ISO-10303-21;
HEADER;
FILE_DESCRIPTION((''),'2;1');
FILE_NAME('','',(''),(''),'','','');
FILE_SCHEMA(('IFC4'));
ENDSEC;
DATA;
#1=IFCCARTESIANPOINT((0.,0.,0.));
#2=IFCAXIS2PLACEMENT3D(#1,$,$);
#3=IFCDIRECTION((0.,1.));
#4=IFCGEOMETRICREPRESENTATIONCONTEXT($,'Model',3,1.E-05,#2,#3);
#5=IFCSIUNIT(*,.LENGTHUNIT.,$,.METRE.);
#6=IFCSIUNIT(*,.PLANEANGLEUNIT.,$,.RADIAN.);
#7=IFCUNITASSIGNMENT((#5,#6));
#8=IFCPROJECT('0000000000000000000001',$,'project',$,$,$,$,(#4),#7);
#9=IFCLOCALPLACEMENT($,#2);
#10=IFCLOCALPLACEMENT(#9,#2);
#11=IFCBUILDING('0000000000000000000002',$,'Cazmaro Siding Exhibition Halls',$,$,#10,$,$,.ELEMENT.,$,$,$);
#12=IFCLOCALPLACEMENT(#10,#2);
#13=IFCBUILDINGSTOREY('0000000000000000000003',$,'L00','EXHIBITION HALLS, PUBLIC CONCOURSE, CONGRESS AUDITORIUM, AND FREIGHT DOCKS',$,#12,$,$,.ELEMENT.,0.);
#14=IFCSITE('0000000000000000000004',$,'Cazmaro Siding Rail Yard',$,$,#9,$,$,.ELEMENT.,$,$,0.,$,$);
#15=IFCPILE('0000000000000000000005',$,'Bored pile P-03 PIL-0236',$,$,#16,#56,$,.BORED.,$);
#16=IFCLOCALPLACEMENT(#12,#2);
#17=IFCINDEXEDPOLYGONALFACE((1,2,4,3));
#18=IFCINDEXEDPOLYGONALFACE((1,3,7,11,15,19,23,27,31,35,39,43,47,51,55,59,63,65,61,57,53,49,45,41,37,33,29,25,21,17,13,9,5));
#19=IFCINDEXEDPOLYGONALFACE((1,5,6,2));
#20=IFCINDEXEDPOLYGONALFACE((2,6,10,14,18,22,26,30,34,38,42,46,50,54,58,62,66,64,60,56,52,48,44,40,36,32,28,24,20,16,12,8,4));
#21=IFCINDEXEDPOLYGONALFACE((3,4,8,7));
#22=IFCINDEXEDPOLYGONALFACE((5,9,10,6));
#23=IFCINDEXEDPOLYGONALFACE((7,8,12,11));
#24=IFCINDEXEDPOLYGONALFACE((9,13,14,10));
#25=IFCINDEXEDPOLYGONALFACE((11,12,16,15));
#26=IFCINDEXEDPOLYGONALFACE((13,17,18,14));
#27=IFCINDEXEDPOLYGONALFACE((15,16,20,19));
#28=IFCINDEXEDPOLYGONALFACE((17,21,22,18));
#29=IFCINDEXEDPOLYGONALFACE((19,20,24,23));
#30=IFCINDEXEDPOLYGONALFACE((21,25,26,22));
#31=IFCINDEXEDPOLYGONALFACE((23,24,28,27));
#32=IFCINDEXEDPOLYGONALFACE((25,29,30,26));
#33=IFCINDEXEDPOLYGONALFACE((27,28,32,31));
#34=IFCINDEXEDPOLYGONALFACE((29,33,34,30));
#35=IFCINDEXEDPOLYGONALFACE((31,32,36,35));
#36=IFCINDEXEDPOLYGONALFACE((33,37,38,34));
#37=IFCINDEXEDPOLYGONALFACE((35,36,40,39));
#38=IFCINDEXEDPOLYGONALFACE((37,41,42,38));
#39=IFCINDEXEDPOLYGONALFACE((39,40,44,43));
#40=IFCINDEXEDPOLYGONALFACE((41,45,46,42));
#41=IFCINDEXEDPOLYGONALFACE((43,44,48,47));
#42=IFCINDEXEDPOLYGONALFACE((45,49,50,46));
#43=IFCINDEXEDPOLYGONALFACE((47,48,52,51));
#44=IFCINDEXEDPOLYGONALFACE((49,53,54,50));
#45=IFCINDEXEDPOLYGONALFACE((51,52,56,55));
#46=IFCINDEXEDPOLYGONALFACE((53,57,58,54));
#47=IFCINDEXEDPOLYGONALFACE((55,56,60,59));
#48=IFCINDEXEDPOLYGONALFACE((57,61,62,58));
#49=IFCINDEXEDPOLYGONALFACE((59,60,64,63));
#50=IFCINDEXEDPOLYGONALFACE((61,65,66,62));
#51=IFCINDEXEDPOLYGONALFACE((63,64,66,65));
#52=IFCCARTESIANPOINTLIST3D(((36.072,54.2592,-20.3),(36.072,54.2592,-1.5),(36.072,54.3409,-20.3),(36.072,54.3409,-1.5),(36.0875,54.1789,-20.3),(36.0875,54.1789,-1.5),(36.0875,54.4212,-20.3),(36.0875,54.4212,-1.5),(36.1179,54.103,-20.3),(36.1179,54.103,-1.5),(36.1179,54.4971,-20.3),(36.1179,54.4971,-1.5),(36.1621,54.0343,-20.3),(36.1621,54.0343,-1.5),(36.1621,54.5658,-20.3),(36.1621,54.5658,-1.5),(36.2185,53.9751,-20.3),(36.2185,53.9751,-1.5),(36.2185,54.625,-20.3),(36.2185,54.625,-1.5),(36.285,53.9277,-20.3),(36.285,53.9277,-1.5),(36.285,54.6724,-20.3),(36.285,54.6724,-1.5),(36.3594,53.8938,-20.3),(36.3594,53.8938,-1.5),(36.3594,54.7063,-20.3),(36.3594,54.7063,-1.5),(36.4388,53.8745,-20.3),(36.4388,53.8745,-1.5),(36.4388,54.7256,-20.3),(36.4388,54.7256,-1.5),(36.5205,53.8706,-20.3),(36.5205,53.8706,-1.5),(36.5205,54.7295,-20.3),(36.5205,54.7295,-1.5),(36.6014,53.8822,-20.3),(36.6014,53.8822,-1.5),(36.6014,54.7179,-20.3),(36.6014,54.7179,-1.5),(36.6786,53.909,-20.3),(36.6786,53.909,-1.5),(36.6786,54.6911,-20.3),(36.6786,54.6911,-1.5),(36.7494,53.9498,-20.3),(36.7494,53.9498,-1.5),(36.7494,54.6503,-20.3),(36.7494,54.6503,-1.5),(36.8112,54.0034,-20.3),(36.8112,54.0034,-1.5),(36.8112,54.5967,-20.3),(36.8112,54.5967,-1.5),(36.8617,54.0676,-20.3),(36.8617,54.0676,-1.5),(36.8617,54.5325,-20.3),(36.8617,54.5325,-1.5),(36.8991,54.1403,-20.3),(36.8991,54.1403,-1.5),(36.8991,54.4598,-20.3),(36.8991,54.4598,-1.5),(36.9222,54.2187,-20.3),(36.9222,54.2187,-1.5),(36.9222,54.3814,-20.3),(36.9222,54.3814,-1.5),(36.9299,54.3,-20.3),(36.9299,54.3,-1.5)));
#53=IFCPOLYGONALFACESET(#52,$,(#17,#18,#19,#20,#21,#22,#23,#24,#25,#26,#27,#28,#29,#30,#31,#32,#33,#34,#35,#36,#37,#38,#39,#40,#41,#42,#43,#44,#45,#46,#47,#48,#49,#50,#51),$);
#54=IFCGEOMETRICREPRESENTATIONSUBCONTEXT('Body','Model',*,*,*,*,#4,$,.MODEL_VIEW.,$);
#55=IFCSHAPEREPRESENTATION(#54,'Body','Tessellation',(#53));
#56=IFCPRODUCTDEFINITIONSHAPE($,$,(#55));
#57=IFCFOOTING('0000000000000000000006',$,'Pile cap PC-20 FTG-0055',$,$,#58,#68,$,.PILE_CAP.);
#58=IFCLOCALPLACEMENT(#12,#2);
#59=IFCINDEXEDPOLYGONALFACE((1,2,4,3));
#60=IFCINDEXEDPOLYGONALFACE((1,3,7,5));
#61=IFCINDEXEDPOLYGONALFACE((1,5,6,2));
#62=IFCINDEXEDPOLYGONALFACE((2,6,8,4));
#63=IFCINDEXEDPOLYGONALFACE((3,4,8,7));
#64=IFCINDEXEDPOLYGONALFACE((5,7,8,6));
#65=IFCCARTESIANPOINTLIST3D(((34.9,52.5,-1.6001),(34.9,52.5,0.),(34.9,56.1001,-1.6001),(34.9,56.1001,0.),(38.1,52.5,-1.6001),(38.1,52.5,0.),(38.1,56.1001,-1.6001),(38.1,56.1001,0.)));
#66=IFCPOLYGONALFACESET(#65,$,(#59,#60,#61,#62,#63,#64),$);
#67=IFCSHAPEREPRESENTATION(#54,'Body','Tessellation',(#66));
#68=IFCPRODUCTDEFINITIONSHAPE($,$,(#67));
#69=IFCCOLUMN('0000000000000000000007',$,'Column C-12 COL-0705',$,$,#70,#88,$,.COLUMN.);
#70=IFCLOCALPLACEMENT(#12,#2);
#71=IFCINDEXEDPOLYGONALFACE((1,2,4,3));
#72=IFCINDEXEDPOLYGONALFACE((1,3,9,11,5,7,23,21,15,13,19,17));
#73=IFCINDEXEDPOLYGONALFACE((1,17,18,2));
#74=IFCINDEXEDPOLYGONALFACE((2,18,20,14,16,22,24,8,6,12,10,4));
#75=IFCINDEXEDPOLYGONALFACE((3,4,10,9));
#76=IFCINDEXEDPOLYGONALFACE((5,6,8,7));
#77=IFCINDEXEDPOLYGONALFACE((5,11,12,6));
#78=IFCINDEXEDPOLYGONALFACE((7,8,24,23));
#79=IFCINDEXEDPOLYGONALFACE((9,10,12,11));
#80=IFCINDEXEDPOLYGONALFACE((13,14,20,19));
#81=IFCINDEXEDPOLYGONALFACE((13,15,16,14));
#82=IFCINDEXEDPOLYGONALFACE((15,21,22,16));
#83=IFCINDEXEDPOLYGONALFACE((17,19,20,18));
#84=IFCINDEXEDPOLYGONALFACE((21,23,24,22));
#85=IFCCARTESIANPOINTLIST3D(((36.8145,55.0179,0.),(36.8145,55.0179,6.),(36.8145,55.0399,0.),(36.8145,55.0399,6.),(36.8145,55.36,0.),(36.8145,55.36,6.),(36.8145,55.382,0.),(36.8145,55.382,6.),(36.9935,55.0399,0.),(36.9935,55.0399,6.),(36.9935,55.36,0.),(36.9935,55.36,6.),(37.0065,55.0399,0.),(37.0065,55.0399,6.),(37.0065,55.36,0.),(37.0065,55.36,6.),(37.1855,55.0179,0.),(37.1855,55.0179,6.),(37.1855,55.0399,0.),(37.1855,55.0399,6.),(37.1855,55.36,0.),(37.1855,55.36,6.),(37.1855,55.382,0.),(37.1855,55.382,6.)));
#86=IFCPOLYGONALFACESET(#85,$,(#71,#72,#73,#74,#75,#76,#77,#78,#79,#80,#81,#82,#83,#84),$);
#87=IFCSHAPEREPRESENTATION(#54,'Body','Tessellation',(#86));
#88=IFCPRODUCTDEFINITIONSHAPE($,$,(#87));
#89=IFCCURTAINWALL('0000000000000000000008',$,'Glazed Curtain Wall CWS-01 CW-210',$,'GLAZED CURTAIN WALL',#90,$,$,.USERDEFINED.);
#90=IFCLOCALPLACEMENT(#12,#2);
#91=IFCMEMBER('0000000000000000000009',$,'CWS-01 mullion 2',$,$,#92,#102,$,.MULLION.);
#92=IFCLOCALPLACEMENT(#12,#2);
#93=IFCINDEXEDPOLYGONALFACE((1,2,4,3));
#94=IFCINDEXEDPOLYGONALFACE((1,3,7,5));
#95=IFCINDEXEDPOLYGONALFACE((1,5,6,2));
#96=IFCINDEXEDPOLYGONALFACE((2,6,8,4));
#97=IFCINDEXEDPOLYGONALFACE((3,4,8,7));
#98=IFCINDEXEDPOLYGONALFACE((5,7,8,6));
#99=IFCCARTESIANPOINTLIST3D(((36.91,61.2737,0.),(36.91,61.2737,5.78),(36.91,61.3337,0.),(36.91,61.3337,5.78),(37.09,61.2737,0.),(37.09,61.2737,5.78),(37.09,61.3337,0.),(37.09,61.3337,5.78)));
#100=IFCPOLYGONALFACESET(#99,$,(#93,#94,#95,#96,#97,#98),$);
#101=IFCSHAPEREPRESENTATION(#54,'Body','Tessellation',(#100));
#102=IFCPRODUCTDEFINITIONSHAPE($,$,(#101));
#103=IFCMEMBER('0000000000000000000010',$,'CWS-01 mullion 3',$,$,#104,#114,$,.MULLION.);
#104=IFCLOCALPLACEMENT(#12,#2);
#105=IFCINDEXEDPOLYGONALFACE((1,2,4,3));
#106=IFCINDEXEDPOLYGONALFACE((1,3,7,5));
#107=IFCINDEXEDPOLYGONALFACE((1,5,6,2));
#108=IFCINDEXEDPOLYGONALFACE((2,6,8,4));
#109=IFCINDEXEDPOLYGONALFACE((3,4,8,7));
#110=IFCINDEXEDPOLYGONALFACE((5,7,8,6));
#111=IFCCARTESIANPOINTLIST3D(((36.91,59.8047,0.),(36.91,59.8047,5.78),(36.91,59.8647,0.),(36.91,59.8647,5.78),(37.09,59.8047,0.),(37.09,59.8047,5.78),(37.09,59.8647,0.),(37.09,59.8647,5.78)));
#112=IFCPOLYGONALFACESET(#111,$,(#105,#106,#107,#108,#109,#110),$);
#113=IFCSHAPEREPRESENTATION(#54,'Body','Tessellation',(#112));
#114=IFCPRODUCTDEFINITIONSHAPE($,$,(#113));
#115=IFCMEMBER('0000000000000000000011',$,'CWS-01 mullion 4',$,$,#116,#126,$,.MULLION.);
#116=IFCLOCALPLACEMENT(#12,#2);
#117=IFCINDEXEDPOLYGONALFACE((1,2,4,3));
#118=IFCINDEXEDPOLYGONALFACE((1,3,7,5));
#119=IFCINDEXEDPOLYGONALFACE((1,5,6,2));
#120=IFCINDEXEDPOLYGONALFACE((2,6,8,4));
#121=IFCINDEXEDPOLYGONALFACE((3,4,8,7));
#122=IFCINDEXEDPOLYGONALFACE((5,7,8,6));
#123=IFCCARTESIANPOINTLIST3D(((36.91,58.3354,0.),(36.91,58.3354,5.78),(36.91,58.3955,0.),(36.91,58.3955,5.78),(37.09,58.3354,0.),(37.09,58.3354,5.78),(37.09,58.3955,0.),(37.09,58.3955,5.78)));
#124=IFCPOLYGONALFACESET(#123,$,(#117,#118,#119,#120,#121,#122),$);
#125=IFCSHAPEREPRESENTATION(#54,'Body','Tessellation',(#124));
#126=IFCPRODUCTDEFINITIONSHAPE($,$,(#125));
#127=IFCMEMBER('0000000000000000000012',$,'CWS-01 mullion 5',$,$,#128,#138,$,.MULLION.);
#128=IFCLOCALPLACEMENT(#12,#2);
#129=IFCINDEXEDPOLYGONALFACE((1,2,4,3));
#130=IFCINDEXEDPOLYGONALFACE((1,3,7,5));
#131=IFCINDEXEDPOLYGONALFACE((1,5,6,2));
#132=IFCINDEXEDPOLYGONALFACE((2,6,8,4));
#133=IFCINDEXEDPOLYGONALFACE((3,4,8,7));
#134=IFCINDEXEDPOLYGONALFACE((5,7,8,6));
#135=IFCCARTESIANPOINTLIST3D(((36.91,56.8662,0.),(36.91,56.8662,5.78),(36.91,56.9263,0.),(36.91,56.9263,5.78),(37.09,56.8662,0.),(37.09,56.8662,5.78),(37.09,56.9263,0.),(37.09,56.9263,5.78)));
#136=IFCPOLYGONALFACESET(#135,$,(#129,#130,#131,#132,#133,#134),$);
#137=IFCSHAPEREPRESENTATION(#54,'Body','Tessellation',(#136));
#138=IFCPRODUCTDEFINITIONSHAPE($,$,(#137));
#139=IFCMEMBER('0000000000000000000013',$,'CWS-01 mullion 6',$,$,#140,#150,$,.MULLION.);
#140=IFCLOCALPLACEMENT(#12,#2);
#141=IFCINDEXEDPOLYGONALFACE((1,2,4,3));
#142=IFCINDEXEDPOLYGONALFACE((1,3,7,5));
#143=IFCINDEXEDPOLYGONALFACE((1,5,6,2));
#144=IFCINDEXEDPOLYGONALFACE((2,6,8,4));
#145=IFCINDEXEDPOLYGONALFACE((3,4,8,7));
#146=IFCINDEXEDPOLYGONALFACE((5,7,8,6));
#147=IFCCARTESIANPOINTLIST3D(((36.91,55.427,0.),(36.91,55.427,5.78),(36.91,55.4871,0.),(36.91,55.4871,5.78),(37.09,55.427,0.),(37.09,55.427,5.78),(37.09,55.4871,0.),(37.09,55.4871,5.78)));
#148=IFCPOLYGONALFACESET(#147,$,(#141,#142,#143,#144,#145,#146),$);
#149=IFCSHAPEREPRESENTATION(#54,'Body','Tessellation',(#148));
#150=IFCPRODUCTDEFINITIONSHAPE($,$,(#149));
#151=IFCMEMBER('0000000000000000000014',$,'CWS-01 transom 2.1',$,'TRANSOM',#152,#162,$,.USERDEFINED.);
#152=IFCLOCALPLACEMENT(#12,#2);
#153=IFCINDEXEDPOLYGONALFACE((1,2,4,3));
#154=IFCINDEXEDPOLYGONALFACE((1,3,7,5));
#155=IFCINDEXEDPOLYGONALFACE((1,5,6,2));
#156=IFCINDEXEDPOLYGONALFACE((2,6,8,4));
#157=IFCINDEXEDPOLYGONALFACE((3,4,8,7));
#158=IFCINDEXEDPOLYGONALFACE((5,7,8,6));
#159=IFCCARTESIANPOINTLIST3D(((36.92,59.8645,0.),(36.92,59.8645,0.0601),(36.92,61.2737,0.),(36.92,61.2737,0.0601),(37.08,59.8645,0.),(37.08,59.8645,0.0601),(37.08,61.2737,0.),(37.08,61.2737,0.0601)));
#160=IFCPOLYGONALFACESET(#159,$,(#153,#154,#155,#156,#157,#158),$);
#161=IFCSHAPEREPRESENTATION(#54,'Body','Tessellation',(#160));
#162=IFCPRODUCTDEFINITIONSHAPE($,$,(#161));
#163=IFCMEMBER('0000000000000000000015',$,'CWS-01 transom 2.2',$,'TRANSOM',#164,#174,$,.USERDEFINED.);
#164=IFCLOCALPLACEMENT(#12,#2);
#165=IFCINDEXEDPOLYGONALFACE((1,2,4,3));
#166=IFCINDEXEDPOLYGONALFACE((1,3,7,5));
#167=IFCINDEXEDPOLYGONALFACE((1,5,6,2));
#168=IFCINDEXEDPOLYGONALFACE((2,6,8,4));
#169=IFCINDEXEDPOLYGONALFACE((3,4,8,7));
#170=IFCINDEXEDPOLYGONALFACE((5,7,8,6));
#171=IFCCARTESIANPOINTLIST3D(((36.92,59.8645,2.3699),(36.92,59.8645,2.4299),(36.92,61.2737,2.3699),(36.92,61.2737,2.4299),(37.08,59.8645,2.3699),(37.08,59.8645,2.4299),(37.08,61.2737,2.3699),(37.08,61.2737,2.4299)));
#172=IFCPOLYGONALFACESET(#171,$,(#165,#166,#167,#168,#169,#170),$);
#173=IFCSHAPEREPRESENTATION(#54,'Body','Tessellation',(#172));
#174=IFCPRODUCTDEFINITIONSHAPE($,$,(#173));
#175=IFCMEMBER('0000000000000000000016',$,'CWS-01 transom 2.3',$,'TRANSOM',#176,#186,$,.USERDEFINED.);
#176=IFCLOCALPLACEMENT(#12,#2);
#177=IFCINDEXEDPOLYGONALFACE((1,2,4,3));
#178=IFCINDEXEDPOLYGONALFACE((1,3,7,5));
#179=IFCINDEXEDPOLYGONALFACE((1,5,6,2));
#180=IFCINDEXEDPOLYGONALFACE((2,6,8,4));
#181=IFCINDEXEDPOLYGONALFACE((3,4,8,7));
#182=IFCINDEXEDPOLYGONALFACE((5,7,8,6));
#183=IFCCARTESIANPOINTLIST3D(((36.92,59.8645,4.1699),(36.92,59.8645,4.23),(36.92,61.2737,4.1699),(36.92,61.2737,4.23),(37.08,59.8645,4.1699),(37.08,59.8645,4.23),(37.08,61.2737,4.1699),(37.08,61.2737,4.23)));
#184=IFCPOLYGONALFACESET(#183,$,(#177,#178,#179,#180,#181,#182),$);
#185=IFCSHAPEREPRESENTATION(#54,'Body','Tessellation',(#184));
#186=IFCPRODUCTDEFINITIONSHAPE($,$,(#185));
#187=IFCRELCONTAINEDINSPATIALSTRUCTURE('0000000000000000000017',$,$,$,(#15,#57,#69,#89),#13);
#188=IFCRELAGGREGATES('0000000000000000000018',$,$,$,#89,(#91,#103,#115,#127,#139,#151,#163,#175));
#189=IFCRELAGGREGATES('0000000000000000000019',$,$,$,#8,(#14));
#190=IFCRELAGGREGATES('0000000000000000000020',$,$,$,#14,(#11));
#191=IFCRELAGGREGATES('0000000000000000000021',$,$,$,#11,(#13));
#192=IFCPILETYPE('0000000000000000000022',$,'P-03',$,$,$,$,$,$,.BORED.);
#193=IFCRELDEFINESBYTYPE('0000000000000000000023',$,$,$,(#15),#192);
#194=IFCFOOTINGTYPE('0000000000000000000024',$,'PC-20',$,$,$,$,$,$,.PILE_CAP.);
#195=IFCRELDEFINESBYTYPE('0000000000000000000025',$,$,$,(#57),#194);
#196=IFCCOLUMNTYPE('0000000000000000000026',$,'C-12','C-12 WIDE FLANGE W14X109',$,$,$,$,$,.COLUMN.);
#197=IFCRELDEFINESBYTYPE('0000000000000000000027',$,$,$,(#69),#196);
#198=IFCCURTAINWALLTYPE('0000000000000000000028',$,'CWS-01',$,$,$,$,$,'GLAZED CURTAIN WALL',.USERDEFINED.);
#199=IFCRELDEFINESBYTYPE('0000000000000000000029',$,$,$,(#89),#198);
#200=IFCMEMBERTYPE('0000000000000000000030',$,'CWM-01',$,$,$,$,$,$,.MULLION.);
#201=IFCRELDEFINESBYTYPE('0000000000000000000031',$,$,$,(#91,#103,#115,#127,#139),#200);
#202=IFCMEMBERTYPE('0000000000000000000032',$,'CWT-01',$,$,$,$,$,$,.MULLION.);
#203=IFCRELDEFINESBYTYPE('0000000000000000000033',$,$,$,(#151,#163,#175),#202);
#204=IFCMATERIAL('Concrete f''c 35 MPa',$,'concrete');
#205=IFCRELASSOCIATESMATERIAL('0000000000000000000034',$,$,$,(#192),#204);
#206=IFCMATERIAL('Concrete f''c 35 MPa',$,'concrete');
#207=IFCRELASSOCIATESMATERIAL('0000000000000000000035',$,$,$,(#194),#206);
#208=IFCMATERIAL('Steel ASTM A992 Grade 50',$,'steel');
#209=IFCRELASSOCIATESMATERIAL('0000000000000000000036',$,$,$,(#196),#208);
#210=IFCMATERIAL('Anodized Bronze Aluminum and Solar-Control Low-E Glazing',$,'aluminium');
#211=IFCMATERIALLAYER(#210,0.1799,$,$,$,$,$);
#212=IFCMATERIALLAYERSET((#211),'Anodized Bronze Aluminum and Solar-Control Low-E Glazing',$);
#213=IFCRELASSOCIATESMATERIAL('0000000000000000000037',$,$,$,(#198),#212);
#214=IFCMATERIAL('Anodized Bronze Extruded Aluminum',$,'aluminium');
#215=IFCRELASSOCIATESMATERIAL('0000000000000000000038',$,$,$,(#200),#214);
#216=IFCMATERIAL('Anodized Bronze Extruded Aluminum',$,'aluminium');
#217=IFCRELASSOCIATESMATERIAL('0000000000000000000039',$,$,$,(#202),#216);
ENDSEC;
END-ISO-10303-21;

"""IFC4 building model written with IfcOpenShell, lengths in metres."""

from ifc_helpers import new_model, si_unit, direction, frame, origin, origin_2d, place, context, subcontext, project, spatial, rectangle, circle, i_section, extrude, material, layer, layer_set, material_profile, profile_set, type_object, element, aggregate, save


model = new_model("IFC4")

# Units and contexts
model_context = context("Model", 3, precision=1e-05, world=origin(), true_north=direction((0.0, 1.0)))
body_context = subcontext(model_context, "Body", "Model", "MODEL_VIEW")
ifc_project = project(units=[si_unit("LENGTHUNIT", "METRE"), si_unit("PLANEANGLEUNIT", "RADIAN")], contexts=[model_context])

# Site, building, storey
site_placement = place(None, origin())
site = spatial("IfcSite", under=ifc_project, at=site_placement, Name="Cazmaro Siding Rail Yard", CompositionType="ELEMENT", RefElevation=0.0)
building_placement = place(site_placement, origin())
building = spatial("IfcBuilding", under=site, at=building_placement, Name="Cazmaro Siding Exhibition Halls", CompositionType="ELEMENT")
storey_placement = place(building_placement, origin())
storey = spatial("IfcBuildingStorey", under=building, at=storey_placement, Name="L00", Description="EXHIBITION HALLS, PUBLIC CONCOURSE, CONGRESS AUDITORIUM, AND FREIGHT DOCKS", CompositionType="ELEMENT", Elevation=0.0)

# Pile
ifc_material_1 = material(Name="Concrete f'c 35 MPa", Category="concrete")
ifc_material_profile_1 = material_profile(ifc_material_1, circle(Radius=0.4299, at=origin_2d()), Name="CIDH-860")
ifc_profile_set_1 = profile_set([ifc_material_profile_1], Name="Concrete f'c 35 MPa")
pile_type = type_object("IfcPileType", Name="P-03", PredefinedType="BORED", material=ifc_profile_set_1)
pile_placement = place(storey_placement, frame((36.5, 54.3, -1.5), z_axis=(0.0, 0.0, -1.0), x_axis=(1.0, 0.0, 0.0)))
element("IfcPile", 1, at=pile_placement, inside=storey, type_object=pile_type, Name="Bored pile P-03 PIL-0236", PredefinedType="BORED", context=body_context, shape_type="SweptSolid", body=[
    extrude(circle(Radius=0.4299, at=origin_2d()), origin(), (0.0, 0.0, 1.0), 18.8),
])

# Footing
ifc_material_2 = material(Name="Concrete f'c 35 MPa", Category="concrete")
footing_type = type_object("IfcFootingType", Name="PC-20", PredefinedType="PILE_CAP", material=ifc_material_2)
footing_placement = place(storey_placement, frame((36.5, 54.3, -1.6001), z_axis=(0.0, 0.0, 1.0), x_axis=(1.0, 0.0, 0.0)))
element("IfcFooting", 2, at=footing_placement, inside=storey, type_object=footing_type, Name="Pile cap PC-20 FTG-0055", PredefinedType="PILE_CAP", context=body_context, shape_type="SweptSolid", body=[
    extrude(rectangle(XDim=3.2, YDim=3.6001, at=origin_2d()), origin(), (0.0, 0.0, 1.0), 1.6001),
])

# Column
ifc_material_3 = material(Name="Steel ASTM A992 Grade 50", Category="steel")
ifc_material_profile_2 = material_profile(ifc_material_3, i_section(OverallWidth=0.3711, OverallDepth=0.364, WebThickness=0.0129, FlangeThickness=0.022, at=origin_2d()), Name="W14X109")
ifc_profile_set_2 = profile_set([ifc_material_profile_2], Name="Steel ASTM A992 Grade 50")
column_type = type_object("IfcColumnType", Name="C-12", Description="C-12 WIDE FLANGE W14X109", PredefinedType="COLUMN", material=ifc_profile_set_2)
column_placement = place(storey_placement, frame((37.0, 55.2, 0.0), z_axis=(0.0, 0.0, 1.0), x_axis=(1.0, 0.0, 0.0)))
element("IfcColumn", 3, at=column_placement, inside=storey, type_object=column_type, Name="Column C-12 COL-0705", PredefinedType="COLUMN", context=body_context, shape_type="SweptSolid", body=[
    extrude(i_section(OverallWidth=0.3711, OverallDepth=0.364, WebThickness=0.0129, FlangeThickness=0.022, at=origin_2d()), origin(), (0.0, 0.0, 1.0), 6.0),
])

# Curtain wall, members
ifc_material_4 = material(Name="Anodized Bronze Aluminum and Solar-Control Low-E Glazing", Category="aluminium")
ifc_layer_1 = layer(ifc_material_4, 0.1799)
ifc_layer_set_1 = layer_set([ifc_layer_1], Name="Anodized Bronze Aluminum and Solar-Control Low-E Glazing")
curtain_wall_type = type_object("IfcCurtainWallType", Name="CWS-01", ElementType="GLAZED CURTAIN WALL", PredefinedType="USERDEFINED", material=ifc_layer_set_1)
curtain_wall_placement = place(storey_placement, origin())
curtain_wall = element("IfcCurtainWall", 4, at=curtain_wall_placement, inside=storey, type_object=curtain_wall_type, Name="Glazed Curtain Wall CWS-01 CW-210", ObjectType="GLAZED CURTAIN WALL", PredefinedType="USERDEFINED")
ifc_material_5 = material(Name="Anodized Bronze Extruded Aluminum", Category="aluminium")
ifc_material_profile_3 = material_profile(ifc_material_5, rectangle(XDim=0.1799, YDim=0.0601, at=origin_2d()), Name="CWM-01")
ifc_profile_set_3 = profile_set([ifc_material_profile_3], Name="Anodized Bronze Extruded Aluminum")
member_type_1 = type_object("IfcMemberType", Name="CWM-01", PredefinedType="MULLION", material=ifc_profile_set_3)
member_1_placement = place(storey_placement, frame((37.0, 61.3037, 0.0), z_axis=(0.0, 0.0, 1.0), x_axis=(1.0, 0.0, 0.0)))
member_1 = element("IfcMember", 5, at=member_1_placement, type_object=member_type_1, Name="CWS-01 mullion 2", PredefinedType="MULLION", context=body_context, shape_type="SweptSolid", body=[
    extrude(rectangle(XDim=0.1799, YDim=0.0601, at=origin_2d()), origin(), (0.0, 0.0, 1.0), 5.78),
])
member_2_placement = place(storey_placement, frame((37.0, 59.8347, 0.0), z_axis=(0.0, 0.0, 1.0), x_axis=(1.0, 0.0, 0.0)))
member_2 = element("IfcMember", 6, at=member_2_placement, type_object=member_type_1, Name="CWS-01 mullion 3", PredefinedType="MULLION", context=body_context, shape_type="SweptSolid", body=[
    extrude(rectangle(XDim=0.1799, YDim=0.0601, at=origin_2d()), origin(), (0.0, 0.0, 1.0), 5.78),
])
member_3_placement = place(storey_placement, frame((37.0, 58.3655, 0.0), z_axis=(0.0, 0.0, 1.0), x_axis=(1.0, 0.0, 0.0)))
member_3 = element("IfcMember", 7, at=member_3_placement, type_object=member_type_1, Name="CWS-01 mullion 4", PredefinedType="MULLION", context=body_context, shape_type="SweptSolid", body=[
    extrude(rectangle(XDim=0.1799, YDim=0.0601, at=origin_2d()), origin(), (0.0, 0.0, 1.0), 5.78),
])
member_4_placement = place(storey_placement, frame((37.0, 56.8962, 0.0), z_axis=(0.0, 0.0, 1.0), x_axis=(1.0, 0.0, 0.0)))
member_4 = element("IfcMember", 8, at=member_4_placement, type_object=member_type_1, Name="CWS-01 mullion 5", PredefinedType="MULLION", context=body_context, shape_type="SweptSolid", body=[
    extrude(rectangle(XDim=0.1799, YDim=0.0601, at=origin_2d()), origin(), (0.0, 0.0, 1.0), 5.78),
])
member_5_placement = place(storey_placement, frame((37.0, 55.457, 0.0), z_axis=(0.0, 0.0, 1.0), x_axis=(1.0, 0.0, 0.0)))
member_5 = element("IfcMember", 9, at=member_5_placement, type_object=member_type_1, Name="CWS-01 mullion 6", PredefinedType="MULLION", context=body_context, shape_type="SweptSolid", body=[
    extrude(rectangle(XDim=0.1799, YDim=0.0601, at=origin_2d()), origin(), (0.0, 0.0, 1.0), 5.78),
])
ifc_material_6 = material(Name="Anodized Bronze Extruded Aluminum", Category="aluminium")
ifc_material_profile_4 = material_profile(ifc_material_6, rectangle(XDim=0.1599, YDim=0.0601, at=origin_2d()), Name="CWT-01")
ifc_profile_set_4 = profile_set([ifc_material_profile_4], Name="Anodized Bronze Extruded Aluminum")
member_type_2 = type_object("IfcMemberType", Name="CWT-01", PredefinedType="MULLION", material=ifc_profile_set_4)
member_6_placement = place(storey_placement, frame((37.0, 61.2737, 0.03), z_axis=(0.0, -1.0, 0.0), x_axis=(1.0, 0.0, 0.0)))
member_6 = element("IfcMember", 10, at=member_6_placement, type_object=member_type_2, Name="CWS-01 transom 2.1", ObjectType="TRANSOM", PredefinedType="USERDEFINED", context=body_context, shape_type="SweptSolid", body=[
    extrude(rectangle(XDim=0.1599, YDim=0.0601, at=origin_2d()), origin(), (0.0, 0.0, 1.0), 1.4092),
])
member_7_placement = place(storey_placement, frame((37.0, 61.2737, 2.3999), z_axis=(0.0, -1.0, 0.0), x_axis=(1.0, 0.0, 0.0)))
member_7 = element("IfcMember", 11, at=member_7_placement, type_object=member_type_2, Name="CWS-01 transom 2.2", ObjectType="TRANSOM", PredefinedType="USERDEFINED", context=body_context, shape_type="SweptSolid", body=[
    extrude(rectangle(XDim=0.1599, YDim=0.0601, at=origin_2d()), origin(), (0.0, 0.0, 1.0), 1.4092),
])
member_8_placement = place(storey_placement, frame((37.0, 61.2737, 4.2), z_axis=(0.0, -1.0, 0.0), x_axis=(1.0, 0.0, 0.0)))
member_8 = element("IfcMember", 12, at=member_8_placement, type_object=member_type_2, Name="CWS-01 transom 2.3", ObjectType="TRANSOM", PredefinedType="USERDEFINED", context=body_context, shape_type="SweptSolid", body=[
    extrude(rectangle(XDim=0.1599, YDim=0.0601, at=origin_2d()), origin(), (0.0, 0.0, 1.0), 1.4092),
])
aggregate(curtain_wall, [member_1, member_2, member_3, member_4, member_5, member_6, member_7, member_8])

save(model, "model.ifc")
